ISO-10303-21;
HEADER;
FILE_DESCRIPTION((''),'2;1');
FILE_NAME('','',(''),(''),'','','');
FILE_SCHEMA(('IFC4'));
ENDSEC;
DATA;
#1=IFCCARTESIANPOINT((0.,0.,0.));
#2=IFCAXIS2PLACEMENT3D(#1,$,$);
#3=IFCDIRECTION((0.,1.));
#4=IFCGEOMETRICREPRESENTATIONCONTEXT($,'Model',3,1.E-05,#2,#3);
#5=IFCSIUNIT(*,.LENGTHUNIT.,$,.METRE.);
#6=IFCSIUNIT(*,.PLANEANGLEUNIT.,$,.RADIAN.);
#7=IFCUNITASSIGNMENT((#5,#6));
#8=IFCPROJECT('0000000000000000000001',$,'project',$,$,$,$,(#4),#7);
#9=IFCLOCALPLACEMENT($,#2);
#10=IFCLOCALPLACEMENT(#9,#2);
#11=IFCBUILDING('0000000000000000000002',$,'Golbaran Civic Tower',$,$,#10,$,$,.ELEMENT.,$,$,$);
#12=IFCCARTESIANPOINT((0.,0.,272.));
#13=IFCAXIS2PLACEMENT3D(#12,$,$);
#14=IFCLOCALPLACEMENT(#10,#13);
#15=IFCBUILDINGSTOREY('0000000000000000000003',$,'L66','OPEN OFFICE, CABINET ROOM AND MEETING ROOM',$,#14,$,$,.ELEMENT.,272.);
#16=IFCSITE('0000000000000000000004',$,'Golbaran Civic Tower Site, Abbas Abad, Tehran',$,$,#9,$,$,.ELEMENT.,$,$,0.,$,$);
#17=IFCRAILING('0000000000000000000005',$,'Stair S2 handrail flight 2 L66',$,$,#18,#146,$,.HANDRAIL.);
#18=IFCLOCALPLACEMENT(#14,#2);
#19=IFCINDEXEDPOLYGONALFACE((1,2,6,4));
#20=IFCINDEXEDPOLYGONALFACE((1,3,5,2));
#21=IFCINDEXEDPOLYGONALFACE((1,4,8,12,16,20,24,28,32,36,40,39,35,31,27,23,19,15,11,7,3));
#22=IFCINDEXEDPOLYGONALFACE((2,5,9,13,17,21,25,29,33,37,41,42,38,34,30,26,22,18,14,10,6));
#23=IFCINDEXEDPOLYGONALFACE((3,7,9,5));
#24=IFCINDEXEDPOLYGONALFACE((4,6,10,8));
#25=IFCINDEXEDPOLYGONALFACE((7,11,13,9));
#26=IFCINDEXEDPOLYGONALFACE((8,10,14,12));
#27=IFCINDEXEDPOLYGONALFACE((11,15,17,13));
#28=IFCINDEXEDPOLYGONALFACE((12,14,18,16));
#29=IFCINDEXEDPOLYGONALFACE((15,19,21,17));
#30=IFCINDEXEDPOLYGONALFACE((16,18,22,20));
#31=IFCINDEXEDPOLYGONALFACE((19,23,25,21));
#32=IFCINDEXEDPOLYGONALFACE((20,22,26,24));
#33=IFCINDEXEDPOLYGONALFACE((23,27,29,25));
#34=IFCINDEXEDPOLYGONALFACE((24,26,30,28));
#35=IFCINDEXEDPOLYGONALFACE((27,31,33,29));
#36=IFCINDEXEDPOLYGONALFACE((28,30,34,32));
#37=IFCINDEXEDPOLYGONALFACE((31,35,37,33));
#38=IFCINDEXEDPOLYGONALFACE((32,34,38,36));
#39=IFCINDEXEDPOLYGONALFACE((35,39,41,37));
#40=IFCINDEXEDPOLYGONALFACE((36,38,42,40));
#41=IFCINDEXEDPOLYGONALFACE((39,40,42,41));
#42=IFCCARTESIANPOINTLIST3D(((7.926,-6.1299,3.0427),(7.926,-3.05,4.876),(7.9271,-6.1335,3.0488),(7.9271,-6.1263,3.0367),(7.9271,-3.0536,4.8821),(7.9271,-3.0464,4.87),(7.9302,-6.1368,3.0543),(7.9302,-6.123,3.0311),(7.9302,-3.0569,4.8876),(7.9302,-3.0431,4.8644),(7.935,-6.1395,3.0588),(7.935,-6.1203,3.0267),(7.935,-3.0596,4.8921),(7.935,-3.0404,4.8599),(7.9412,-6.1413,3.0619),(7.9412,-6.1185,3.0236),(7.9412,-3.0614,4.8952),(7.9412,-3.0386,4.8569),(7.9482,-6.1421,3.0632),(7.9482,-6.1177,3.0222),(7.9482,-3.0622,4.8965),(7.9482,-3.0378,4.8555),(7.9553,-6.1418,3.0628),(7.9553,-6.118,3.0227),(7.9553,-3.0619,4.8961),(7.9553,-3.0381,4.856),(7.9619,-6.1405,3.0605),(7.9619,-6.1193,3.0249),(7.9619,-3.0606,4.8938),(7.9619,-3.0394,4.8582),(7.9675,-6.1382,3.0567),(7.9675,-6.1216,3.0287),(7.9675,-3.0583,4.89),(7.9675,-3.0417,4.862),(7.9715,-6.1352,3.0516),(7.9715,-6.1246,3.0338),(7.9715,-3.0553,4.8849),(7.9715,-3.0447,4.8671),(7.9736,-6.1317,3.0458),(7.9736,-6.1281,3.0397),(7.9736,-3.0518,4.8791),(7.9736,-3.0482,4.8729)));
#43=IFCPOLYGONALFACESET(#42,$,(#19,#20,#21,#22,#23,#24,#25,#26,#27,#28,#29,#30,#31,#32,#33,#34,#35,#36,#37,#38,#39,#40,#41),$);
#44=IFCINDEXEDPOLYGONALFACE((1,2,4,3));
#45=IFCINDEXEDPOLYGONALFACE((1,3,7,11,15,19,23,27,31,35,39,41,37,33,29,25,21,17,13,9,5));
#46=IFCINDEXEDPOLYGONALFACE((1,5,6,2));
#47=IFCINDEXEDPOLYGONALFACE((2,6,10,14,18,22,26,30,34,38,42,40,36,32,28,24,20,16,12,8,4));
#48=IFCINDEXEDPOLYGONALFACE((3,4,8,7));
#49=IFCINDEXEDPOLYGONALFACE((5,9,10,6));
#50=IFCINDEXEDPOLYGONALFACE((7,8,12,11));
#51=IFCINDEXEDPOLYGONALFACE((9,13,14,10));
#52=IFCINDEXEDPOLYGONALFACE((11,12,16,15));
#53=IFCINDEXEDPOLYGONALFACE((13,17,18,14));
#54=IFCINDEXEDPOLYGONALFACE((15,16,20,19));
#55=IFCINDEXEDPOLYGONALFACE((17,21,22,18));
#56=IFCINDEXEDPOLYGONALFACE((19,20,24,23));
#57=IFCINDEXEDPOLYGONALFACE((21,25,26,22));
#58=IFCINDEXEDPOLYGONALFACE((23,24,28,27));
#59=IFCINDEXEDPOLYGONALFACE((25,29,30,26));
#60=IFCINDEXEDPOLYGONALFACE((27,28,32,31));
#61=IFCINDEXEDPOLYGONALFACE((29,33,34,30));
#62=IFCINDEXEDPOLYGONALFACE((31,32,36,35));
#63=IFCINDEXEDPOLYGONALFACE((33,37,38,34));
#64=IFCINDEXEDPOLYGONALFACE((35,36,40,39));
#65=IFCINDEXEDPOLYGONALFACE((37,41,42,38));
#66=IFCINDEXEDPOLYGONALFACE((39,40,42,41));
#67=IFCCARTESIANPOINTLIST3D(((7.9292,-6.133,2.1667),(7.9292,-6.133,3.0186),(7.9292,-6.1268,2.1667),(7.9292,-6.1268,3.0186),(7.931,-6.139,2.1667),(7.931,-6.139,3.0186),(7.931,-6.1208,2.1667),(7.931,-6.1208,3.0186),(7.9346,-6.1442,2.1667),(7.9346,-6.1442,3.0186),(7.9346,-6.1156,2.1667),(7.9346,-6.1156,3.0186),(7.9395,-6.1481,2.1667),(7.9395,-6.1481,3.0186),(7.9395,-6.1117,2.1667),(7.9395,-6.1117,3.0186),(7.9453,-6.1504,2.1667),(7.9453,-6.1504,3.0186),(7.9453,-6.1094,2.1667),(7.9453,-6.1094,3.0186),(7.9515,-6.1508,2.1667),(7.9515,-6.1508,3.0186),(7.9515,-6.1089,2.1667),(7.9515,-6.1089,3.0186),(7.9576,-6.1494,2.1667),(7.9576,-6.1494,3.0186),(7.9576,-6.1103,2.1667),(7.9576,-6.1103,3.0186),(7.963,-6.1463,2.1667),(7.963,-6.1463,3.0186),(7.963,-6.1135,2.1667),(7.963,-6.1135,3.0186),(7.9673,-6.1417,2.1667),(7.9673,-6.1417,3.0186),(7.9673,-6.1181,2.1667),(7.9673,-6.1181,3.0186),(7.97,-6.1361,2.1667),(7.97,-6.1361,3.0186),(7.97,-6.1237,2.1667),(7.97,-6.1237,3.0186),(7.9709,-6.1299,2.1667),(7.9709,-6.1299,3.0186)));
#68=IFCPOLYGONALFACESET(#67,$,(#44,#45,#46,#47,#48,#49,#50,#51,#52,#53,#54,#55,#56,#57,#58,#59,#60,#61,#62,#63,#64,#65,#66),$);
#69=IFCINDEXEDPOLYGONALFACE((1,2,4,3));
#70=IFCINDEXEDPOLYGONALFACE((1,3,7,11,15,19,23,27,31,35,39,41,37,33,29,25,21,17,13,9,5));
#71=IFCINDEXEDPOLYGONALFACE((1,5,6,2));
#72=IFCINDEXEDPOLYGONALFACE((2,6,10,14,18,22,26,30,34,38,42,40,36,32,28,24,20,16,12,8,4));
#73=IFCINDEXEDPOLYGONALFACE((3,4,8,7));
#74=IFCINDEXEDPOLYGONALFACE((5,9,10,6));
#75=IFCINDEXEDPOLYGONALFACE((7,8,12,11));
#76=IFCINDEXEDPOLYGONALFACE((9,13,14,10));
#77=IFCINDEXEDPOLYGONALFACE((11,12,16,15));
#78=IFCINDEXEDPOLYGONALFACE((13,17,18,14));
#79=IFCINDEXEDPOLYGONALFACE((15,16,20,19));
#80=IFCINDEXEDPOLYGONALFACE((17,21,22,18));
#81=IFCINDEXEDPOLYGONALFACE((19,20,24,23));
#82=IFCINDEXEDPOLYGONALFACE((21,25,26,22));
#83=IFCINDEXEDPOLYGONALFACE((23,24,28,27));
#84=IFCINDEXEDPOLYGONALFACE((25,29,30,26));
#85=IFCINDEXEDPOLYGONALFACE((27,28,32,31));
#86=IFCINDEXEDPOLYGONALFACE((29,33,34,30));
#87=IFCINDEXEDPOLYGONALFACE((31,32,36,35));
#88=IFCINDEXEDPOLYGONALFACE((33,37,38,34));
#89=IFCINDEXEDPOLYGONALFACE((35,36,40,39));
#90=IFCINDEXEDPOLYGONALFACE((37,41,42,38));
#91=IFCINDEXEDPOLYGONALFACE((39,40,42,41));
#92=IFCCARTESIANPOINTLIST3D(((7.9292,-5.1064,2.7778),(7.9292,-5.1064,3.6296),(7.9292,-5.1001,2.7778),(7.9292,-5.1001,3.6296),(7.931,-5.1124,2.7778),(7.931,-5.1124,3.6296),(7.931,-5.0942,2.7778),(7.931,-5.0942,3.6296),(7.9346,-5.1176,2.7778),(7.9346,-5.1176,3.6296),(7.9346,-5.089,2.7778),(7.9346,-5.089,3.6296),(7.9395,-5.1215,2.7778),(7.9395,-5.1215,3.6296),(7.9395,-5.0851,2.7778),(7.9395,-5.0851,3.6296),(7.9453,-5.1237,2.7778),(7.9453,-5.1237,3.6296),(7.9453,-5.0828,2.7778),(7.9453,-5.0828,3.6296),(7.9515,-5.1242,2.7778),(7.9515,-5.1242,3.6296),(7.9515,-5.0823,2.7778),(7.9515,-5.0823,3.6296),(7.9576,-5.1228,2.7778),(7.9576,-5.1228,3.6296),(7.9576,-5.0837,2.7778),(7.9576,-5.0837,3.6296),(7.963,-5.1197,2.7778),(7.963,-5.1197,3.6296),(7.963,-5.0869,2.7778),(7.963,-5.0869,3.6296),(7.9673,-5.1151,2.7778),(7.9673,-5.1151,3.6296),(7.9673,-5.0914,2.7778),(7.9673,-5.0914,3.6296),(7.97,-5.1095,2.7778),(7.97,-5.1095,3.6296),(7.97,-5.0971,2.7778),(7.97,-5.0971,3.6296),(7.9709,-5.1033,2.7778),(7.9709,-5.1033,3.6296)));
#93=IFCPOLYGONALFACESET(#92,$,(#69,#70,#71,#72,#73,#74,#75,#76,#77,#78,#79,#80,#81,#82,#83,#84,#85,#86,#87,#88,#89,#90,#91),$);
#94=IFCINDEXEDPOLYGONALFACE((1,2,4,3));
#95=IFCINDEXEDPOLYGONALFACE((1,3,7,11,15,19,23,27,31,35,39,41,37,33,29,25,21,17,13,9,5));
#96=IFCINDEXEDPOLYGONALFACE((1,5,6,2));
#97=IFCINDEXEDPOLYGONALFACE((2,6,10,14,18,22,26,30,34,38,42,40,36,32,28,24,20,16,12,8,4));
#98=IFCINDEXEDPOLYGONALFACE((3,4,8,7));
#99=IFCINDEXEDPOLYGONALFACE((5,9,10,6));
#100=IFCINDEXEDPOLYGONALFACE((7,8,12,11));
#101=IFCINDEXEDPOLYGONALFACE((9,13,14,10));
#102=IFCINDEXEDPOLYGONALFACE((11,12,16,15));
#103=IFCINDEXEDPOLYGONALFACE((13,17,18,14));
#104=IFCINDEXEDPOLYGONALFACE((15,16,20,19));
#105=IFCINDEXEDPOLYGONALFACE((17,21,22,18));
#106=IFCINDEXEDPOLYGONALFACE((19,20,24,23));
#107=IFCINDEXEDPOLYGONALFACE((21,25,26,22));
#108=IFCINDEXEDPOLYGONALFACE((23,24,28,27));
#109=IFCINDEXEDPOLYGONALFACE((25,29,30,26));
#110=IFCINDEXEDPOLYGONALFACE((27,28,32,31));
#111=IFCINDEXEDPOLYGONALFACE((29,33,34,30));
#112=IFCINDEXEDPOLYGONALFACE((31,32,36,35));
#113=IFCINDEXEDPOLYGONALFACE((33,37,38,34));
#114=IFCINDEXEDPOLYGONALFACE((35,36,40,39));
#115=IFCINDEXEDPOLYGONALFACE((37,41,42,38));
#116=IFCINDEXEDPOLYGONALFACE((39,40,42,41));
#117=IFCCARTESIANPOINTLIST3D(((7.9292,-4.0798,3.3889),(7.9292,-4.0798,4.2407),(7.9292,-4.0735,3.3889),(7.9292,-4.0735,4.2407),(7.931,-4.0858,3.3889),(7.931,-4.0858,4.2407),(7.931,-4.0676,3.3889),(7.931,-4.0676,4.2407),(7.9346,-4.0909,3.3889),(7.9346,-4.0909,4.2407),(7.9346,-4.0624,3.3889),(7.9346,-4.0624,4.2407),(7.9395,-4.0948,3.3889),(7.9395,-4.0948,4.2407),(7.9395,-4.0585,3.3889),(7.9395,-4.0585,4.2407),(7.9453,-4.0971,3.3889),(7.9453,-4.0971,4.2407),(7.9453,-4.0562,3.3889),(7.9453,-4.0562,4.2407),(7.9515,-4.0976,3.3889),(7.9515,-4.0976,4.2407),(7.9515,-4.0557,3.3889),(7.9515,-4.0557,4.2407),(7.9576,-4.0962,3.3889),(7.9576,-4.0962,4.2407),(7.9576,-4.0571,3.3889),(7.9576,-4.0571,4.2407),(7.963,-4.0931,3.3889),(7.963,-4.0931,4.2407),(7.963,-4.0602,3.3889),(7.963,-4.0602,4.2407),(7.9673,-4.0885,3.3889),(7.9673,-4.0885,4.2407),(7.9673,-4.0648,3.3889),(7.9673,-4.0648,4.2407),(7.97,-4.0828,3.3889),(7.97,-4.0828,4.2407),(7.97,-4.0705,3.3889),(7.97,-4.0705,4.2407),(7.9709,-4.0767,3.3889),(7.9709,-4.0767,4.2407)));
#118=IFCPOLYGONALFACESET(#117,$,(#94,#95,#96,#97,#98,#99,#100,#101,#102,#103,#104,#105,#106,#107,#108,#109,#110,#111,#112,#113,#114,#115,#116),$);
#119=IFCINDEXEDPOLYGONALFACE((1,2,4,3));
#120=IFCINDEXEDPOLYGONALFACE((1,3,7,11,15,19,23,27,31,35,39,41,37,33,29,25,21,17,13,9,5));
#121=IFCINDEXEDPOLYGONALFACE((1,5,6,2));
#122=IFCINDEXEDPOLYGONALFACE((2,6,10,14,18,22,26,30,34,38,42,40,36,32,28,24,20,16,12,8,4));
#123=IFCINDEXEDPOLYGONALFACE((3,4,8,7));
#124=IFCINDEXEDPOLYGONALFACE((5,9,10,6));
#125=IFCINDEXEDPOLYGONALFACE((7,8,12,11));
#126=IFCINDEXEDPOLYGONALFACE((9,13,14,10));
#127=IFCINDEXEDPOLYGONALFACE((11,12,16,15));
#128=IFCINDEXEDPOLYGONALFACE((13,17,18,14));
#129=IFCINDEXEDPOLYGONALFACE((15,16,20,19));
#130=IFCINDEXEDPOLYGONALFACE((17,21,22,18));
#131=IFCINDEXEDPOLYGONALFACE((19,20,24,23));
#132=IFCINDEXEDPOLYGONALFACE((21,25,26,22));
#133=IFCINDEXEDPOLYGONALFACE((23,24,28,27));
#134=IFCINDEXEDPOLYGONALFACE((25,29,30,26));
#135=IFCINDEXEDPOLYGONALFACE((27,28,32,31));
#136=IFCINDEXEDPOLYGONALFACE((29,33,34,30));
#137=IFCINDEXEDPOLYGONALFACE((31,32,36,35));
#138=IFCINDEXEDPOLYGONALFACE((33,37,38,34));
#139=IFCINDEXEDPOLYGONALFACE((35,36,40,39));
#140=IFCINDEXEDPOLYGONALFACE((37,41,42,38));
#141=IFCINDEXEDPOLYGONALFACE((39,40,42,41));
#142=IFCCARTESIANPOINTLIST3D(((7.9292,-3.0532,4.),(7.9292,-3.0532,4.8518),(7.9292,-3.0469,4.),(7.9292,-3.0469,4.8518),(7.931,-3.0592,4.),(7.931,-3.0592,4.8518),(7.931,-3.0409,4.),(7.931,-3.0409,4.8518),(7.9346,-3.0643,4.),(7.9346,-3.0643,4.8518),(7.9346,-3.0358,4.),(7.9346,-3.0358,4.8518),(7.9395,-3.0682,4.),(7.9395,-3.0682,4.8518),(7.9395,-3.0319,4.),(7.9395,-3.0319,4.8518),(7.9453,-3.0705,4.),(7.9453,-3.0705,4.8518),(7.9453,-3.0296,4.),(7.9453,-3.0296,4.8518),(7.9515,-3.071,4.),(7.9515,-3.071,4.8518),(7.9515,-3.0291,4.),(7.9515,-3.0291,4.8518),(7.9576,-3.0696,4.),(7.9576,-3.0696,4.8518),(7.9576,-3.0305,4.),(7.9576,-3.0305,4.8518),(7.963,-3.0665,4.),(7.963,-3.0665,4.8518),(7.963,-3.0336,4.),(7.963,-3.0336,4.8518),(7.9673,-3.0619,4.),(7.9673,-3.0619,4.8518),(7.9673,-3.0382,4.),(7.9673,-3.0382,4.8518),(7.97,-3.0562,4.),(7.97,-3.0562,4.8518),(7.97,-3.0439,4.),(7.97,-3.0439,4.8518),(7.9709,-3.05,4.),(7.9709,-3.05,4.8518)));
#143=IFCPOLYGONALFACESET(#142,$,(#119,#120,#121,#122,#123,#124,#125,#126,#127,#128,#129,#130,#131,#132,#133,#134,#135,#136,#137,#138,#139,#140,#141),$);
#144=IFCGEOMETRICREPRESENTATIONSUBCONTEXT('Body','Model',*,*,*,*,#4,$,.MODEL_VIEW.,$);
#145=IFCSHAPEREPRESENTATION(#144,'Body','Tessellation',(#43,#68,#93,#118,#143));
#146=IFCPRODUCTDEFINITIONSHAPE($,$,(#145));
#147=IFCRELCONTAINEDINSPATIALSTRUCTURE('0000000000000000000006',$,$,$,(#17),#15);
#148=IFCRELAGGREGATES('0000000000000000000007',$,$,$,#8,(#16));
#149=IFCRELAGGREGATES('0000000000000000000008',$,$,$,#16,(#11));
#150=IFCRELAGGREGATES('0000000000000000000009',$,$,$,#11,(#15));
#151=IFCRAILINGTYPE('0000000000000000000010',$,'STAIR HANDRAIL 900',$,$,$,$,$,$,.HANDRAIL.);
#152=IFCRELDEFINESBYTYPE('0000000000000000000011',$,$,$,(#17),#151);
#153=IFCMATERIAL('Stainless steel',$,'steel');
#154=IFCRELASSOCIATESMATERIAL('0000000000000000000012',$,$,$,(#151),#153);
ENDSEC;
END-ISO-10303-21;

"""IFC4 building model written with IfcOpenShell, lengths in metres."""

from ifc_helpers import new_model, si_unit, direction, frame, origin, origin_2d, place, context, subcontext, project, spatial, circle, extrude, material, type_object, element, save


model = new_model("IFC4")

# Units and contexts
model_context = context("Model", 3, precision=1e-05, world=origin(), true_north=direction((0.0, 1.0)))
body_context = subcontext(model_context, "Body", "Model", "MODEL_VIEW")
ifc_project = project(units=[si_unit("LENGTHUNIT", "METRE"), si_unit("PLANEANGLEUNIT", "RADIAN")], contexts=[model_context])

# Site, building, storey
site_placement = place(None, origin())
site = spatial("IfcSite", under=ifc_project, at=site_placement, Name="Golbaran Civic Tower Site, Abbas Abad, Tehran", CompositionType="ELEMENT", RefElevation=0.0)
building_placement = place(site_placement, origin())
building = spatial("IfcBuilding", under=site, at=building_placement, Name="Golbaran Civic Tower", CompositionType="ELEMENT")
storey_placement = place(building_placement, frame((0.0, 0.0, 272.0)))
storey = spatial("IfcBuildingStorey", under=building, at=storey_placement, Name="L66", Description="OPEN OFFICE, CABINET ROOM AND MEETING ROOM", CompositionType="ELEMENT", Elevation=272.0)

# Shared definitions
ifc_material_1 = material(Name="Stainless steel", Category="steel")

# Railing
railing_type = type_object("IfcRailingType", Name="STAIR HANDRAIL 900", PredefinedType="HANDRAIL", material=ifc_material_1)
railing_1_placement = place(storey_placement, frame((7.95, -6.1299, 2.1667)))
element("IfcRailing", 1, at=railing_1_placement, inside=storey, type_object=railing_type, Name="Stair S2 handrail flight 2 L66", PredefinedType="HANDRAIL", context=body_context, shape_type="SweptSolid", body=[
    extrude(circle(Radius=0.0239, at=origin_2d()), frame((0.0, 0.0, 0.876), z_axis=(0.0, 0.859291, 0.511487), x_axis=(-1.0, 0.0, 0.0)), (0.0, 0.0, 1.0), 3.5842),
    extrude(circle(Radius=0.021, at=origin_2d()), origin(), (0.0, 0.0, 1.0), 0.8518),
    extrude(circle(Radius=0.021, at=origin_2d()), frame((0.0, 1.0266, 0.6111)), (0.0, 0.0, 1.0), 0.8518),
    extrude(circle(Radius=0.021, at=origin_2d()), frame((0.0, 2.0532, 1.2222)), (0.0, 0.0, 1.0), 0.8518),
    extrude(circle(Radius=0.021, at=origin_2d()), frame((0.0, 3.0798, 1.8333)), (0.0, 0.0, 1.0), 0.8518),
])

save(model, "model.ifc")
